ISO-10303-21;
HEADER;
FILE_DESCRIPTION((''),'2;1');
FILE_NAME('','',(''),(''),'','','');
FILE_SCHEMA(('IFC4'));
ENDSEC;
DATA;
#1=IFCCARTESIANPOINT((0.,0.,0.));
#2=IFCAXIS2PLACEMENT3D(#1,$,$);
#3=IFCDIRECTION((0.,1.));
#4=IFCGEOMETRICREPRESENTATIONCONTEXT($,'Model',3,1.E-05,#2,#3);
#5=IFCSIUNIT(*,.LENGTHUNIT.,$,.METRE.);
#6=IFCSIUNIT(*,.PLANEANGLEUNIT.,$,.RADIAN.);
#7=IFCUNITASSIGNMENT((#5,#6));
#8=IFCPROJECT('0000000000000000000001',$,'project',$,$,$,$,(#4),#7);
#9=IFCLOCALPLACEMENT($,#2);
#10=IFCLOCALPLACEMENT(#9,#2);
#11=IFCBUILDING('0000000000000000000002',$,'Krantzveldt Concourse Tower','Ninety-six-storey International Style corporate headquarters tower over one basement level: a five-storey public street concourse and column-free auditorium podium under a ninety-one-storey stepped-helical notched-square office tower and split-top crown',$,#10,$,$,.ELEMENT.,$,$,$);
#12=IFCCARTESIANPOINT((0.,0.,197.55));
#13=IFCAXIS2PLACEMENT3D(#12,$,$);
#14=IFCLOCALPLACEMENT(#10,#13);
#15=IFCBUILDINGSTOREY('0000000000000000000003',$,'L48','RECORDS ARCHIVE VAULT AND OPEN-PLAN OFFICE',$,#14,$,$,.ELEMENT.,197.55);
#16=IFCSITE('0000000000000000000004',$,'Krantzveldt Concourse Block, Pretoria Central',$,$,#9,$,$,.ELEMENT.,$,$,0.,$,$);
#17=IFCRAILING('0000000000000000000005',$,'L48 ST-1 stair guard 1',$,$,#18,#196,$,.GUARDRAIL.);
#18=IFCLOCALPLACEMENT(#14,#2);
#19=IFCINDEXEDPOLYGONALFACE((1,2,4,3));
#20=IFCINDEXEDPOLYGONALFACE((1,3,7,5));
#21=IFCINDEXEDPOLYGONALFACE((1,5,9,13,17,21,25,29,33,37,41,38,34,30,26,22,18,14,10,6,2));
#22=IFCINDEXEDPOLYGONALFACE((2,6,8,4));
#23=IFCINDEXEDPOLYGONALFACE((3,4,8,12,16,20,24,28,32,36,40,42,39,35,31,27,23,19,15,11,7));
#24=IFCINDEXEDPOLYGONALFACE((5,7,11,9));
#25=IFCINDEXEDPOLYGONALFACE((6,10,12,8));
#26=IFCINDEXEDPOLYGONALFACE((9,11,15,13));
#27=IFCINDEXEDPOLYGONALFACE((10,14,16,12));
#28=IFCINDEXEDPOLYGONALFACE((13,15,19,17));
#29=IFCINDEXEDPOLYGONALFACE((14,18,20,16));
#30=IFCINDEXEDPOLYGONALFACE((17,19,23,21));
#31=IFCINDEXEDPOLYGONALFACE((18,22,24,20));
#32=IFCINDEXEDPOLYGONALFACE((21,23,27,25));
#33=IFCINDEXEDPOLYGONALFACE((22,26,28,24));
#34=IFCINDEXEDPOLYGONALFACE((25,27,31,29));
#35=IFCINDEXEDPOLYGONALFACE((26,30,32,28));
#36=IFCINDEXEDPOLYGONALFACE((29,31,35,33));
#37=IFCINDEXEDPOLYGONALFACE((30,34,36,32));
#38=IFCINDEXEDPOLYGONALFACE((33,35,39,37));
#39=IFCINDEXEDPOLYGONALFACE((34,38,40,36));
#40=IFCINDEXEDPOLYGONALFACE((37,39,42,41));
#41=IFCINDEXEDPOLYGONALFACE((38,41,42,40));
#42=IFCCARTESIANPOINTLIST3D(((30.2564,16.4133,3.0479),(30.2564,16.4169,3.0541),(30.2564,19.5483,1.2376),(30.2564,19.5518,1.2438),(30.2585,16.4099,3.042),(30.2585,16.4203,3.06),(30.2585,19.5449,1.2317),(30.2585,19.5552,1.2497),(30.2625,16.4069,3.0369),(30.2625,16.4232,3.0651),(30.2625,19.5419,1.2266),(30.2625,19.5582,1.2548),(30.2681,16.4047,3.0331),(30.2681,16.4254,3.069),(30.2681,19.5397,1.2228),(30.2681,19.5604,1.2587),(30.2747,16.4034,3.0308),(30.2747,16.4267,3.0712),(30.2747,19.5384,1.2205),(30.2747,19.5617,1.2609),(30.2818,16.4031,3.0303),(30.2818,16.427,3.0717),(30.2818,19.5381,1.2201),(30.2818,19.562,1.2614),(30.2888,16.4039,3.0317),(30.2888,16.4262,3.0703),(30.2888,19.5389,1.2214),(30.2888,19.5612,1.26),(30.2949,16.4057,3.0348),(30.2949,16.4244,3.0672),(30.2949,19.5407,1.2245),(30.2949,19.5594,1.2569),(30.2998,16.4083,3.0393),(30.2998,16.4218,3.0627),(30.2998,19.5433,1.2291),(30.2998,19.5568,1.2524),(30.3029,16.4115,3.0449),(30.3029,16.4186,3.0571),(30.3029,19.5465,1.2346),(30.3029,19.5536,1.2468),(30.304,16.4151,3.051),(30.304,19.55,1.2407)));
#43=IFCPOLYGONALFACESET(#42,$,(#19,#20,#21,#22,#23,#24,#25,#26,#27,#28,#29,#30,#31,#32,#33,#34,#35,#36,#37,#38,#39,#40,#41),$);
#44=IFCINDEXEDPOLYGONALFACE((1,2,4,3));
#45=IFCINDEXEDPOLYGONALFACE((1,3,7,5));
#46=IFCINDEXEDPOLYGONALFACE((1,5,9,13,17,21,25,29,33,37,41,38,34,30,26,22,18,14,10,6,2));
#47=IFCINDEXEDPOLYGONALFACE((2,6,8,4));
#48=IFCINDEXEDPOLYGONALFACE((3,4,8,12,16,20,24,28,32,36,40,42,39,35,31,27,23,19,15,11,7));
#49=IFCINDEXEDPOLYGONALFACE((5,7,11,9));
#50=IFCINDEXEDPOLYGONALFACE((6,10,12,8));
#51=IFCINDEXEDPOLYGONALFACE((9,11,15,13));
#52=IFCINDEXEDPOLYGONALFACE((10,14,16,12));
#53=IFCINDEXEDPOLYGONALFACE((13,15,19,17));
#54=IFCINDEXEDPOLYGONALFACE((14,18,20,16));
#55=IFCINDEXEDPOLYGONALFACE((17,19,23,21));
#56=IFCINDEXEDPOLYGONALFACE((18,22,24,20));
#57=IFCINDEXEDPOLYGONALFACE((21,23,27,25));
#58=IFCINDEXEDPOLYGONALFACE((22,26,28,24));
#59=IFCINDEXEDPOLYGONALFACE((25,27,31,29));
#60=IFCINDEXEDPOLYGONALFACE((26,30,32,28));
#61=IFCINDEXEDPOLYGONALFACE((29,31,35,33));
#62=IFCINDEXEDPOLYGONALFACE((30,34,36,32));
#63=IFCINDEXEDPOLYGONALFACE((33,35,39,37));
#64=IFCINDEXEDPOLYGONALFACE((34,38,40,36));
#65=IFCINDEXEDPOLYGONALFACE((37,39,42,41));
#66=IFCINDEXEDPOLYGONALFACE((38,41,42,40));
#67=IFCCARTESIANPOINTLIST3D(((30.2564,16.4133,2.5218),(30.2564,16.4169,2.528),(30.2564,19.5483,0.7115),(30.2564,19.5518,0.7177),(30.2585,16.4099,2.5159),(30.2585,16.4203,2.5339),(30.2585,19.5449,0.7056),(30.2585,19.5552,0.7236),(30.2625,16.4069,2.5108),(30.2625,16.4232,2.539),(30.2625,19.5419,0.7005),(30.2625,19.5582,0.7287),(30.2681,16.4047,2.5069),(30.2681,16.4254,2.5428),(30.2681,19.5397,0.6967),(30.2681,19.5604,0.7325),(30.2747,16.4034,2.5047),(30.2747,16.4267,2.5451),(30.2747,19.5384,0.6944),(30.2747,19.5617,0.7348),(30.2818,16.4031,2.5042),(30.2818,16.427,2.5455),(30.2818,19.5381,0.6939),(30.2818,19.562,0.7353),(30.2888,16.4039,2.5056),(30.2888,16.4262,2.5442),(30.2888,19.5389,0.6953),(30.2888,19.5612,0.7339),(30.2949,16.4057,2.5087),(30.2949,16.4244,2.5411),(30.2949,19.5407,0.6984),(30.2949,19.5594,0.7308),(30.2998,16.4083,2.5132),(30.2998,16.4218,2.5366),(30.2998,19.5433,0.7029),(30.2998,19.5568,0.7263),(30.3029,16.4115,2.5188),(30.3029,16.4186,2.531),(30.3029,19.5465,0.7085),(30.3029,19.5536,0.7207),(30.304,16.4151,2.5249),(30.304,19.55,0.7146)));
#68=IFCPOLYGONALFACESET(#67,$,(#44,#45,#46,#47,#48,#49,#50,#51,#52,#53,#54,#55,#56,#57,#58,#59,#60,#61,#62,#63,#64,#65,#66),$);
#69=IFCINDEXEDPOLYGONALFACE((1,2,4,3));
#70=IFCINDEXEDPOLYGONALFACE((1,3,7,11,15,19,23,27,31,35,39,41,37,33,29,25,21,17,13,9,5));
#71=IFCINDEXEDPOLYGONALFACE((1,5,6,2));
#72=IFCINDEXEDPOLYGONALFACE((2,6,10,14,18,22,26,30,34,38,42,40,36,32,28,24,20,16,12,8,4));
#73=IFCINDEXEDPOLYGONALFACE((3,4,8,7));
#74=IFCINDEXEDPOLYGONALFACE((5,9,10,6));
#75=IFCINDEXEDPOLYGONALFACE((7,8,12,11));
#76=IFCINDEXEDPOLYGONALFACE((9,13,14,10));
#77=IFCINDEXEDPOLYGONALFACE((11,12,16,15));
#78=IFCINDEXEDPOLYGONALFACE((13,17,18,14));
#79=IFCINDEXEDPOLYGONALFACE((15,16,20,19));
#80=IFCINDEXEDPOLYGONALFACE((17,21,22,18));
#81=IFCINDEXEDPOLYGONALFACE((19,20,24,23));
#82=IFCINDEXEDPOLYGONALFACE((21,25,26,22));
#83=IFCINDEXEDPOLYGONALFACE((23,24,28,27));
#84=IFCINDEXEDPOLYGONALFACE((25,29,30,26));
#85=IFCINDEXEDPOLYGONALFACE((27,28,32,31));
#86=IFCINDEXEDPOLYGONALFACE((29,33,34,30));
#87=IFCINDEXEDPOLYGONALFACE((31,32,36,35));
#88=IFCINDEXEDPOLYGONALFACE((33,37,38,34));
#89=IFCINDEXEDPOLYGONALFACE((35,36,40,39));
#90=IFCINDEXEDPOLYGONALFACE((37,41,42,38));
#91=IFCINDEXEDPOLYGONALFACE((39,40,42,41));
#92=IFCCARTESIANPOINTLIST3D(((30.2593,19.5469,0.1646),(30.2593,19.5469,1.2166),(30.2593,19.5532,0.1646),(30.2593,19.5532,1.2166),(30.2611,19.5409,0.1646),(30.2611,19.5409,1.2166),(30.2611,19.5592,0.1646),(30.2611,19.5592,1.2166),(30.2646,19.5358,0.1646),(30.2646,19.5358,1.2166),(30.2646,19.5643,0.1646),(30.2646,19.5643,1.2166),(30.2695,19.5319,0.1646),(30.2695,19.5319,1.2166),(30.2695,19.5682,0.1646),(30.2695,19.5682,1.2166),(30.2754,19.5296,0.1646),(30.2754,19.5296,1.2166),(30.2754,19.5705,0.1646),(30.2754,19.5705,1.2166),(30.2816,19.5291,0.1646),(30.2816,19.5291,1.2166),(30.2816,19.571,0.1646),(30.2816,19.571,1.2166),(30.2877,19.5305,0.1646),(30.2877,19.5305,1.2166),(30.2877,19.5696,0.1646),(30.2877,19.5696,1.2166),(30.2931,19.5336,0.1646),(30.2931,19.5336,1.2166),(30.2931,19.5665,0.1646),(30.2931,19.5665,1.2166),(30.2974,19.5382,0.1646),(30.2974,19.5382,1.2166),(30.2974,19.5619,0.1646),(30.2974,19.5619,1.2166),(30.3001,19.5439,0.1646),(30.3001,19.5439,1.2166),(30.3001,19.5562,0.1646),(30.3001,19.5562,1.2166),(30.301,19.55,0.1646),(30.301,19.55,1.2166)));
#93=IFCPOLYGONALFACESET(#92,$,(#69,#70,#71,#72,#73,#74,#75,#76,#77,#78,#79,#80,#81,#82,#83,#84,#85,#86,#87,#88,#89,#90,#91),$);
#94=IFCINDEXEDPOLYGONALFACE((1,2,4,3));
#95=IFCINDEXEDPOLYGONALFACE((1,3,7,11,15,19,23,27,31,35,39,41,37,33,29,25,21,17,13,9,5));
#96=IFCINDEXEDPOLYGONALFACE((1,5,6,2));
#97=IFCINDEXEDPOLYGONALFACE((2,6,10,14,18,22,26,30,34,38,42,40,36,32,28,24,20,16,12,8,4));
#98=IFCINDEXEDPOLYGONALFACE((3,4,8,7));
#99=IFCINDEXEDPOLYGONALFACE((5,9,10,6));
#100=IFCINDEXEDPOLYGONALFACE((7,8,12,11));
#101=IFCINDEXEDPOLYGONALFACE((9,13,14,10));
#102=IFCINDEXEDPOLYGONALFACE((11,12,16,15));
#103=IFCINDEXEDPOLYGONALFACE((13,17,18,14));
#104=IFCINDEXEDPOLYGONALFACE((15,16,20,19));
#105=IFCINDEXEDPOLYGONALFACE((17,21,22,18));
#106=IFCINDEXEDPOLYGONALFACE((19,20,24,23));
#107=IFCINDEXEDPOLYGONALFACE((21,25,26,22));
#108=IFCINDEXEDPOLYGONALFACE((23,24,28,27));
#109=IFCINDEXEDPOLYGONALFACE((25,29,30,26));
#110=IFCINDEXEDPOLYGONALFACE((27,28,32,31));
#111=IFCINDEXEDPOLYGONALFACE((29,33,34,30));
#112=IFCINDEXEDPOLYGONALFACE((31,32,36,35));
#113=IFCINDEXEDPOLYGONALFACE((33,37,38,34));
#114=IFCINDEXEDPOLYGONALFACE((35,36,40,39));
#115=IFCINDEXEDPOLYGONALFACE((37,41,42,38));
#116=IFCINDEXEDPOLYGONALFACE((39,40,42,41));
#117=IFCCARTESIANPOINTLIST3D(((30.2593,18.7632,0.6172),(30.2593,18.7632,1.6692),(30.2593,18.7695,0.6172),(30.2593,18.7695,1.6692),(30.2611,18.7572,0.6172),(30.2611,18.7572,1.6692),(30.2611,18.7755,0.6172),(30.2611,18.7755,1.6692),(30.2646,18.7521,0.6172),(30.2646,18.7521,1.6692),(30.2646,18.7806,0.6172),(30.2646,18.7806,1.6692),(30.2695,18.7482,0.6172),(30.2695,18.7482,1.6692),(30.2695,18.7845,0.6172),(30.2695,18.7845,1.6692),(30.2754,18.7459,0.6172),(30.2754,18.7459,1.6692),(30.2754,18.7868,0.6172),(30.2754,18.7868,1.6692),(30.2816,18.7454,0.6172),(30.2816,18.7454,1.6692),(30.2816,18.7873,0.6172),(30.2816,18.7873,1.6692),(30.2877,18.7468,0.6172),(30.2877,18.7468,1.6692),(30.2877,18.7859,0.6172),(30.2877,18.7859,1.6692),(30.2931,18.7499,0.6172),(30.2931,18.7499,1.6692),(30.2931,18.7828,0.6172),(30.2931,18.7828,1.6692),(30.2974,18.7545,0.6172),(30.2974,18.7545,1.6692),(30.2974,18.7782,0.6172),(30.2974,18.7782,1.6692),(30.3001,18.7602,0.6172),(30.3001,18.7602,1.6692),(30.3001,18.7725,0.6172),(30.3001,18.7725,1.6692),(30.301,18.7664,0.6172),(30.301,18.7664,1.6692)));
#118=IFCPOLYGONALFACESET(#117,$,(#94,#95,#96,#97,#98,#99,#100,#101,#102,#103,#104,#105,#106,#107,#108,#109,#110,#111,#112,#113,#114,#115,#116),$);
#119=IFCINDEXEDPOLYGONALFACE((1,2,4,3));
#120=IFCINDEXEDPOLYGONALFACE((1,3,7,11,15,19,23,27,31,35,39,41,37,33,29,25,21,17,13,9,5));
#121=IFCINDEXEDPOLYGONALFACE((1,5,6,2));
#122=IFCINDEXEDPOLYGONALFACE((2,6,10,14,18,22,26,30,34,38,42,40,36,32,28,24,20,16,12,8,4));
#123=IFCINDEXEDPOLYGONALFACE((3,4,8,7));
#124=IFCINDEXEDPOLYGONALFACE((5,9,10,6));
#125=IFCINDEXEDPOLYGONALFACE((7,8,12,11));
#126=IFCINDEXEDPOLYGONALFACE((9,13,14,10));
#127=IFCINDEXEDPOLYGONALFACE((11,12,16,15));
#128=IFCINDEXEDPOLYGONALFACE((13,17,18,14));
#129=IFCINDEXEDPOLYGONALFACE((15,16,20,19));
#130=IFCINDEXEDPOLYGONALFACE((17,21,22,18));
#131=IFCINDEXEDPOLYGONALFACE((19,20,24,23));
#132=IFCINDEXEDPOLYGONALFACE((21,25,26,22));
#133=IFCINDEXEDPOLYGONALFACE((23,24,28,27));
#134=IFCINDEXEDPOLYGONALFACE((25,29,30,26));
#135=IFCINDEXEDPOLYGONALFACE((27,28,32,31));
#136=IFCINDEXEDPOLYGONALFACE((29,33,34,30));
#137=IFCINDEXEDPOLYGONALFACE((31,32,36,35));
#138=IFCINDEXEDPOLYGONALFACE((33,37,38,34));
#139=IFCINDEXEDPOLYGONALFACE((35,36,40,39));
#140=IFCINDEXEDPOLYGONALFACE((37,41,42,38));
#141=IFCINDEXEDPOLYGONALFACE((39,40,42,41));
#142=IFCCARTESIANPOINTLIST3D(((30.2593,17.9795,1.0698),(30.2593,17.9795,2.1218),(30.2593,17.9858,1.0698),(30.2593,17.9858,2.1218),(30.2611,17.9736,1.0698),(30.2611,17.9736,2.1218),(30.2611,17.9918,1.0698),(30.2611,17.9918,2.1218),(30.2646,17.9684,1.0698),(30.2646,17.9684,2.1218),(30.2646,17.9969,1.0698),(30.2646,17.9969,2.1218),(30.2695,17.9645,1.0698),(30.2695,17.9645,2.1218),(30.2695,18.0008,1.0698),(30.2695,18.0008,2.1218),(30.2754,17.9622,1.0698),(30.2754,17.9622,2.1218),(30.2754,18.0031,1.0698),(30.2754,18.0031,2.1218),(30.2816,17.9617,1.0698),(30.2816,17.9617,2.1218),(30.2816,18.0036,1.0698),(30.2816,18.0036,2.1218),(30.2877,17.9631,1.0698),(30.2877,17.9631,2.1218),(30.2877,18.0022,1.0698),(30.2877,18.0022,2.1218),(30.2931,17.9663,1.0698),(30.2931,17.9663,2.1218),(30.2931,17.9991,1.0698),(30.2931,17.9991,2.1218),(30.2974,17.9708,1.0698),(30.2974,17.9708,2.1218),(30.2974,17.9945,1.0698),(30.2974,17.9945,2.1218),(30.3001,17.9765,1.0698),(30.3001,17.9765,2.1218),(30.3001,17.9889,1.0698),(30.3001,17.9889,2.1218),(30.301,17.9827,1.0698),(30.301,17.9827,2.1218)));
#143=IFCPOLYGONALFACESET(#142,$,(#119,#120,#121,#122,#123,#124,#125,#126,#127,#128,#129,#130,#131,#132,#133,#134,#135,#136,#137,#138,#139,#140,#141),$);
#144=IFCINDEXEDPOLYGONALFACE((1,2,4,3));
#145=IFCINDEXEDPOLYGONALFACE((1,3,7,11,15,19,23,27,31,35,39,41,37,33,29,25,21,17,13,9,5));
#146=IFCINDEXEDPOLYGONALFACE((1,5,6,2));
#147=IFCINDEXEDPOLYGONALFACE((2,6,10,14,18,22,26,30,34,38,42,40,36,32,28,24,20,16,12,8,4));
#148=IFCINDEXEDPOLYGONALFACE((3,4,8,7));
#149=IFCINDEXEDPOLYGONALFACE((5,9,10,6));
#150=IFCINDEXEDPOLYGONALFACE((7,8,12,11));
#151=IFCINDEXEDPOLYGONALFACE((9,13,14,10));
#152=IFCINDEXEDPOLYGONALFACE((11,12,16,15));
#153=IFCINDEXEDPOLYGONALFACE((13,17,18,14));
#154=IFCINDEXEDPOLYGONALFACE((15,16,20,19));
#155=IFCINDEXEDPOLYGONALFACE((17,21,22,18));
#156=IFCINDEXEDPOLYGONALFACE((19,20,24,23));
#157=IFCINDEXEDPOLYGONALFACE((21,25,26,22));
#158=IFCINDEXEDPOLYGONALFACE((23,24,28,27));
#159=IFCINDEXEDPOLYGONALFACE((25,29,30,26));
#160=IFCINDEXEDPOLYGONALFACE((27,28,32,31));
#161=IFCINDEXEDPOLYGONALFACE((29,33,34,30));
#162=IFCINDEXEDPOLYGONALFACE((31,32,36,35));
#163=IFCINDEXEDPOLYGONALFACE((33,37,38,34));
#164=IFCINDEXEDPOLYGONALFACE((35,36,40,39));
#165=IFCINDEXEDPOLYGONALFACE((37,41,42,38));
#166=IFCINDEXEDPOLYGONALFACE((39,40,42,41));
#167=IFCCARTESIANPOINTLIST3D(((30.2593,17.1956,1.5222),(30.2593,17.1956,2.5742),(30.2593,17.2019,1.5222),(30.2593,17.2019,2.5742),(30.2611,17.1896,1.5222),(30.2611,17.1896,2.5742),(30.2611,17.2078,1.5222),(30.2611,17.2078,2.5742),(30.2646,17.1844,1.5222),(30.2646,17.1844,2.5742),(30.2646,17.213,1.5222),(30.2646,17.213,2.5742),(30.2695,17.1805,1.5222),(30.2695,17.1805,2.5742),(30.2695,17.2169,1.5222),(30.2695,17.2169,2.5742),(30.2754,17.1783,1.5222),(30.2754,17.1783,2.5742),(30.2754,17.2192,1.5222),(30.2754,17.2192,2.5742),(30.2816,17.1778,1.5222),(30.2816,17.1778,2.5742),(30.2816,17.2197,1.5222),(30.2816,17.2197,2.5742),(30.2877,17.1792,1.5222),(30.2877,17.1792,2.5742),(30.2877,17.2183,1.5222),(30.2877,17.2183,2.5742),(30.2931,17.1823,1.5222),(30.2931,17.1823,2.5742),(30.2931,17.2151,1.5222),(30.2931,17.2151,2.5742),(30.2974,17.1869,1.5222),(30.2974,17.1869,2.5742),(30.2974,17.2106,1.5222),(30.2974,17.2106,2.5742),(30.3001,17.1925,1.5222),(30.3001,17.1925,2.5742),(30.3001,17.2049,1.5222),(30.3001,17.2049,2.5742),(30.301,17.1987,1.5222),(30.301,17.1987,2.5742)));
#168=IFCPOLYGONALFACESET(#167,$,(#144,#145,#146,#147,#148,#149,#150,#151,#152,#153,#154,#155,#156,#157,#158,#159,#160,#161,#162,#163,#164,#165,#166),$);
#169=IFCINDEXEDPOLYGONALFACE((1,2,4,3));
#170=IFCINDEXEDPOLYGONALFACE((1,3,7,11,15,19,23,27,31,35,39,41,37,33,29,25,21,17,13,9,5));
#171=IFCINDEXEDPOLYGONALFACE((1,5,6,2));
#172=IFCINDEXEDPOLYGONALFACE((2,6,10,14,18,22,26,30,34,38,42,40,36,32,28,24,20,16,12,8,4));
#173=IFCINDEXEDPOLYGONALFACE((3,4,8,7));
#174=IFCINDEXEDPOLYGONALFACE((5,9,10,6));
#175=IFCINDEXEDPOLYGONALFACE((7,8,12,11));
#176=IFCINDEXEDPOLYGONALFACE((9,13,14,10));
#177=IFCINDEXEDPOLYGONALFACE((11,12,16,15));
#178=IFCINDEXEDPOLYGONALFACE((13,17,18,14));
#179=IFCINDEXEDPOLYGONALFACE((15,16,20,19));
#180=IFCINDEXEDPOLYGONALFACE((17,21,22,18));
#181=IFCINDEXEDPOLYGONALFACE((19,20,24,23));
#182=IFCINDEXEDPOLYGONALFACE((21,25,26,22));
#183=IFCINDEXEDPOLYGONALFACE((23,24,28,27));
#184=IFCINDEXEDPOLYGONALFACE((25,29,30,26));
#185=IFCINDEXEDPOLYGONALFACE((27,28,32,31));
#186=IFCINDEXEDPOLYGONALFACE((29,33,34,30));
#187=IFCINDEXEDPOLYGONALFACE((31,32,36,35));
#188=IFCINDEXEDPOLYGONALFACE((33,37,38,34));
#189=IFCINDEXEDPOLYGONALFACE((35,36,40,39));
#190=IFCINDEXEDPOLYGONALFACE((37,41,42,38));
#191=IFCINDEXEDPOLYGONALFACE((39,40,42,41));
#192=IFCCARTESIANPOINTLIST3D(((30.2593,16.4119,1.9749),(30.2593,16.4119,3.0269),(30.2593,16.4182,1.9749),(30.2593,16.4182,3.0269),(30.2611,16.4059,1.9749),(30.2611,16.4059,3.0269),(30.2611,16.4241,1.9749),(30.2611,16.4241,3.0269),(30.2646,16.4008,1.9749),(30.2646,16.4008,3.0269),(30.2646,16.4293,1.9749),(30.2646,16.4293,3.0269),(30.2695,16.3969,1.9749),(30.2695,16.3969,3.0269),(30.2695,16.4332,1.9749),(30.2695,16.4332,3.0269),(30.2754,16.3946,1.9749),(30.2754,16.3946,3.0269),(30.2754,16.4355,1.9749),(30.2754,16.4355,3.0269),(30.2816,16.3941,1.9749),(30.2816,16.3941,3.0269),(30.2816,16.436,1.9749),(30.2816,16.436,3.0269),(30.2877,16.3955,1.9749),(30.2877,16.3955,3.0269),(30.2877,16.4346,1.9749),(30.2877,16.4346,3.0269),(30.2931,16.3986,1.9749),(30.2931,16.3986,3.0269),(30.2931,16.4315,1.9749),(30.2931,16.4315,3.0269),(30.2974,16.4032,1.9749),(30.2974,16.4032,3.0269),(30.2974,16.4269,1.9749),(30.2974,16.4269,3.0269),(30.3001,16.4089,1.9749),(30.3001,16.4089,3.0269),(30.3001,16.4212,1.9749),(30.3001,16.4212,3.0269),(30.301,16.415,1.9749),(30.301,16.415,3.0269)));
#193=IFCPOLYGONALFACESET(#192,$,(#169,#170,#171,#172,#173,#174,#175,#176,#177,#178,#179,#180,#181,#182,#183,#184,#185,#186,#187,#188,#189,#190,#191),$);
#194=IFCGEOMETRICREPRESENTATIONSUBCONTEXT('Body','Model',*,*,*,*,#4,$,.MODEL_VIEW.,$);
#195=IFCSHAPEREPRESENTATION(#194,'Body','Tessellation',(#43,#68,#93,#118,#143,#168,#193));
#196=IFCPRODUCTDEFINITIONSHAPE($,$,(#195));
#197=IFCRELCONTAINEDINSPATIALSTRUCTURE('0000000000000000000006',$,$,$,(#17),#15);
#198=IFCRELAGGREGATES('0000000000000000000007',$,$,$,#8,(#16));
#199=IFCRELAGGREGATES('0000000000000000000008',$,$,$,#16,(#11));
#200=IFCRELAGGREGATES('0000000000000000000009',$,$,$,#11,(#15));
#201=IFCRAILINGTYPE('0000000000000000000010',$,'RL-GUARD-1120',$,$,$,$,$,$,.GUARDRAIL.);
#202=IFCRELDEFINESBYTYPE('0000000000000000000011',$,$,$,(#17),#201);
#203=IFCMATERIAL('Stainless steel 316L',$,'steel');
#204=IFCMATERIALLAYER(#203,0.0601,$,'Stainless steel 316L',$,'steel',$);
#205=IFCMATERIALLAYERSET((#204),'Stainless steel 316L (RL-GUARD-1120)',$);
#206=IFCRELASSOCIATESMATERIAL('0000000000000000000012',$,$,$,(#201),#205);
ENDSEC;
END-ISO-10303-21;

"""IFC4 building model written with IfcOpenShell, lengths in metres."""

from ifc_helpers import new_model, si_unit, direction, frame, origin, origin_2d, place, context, subcontext, project, spatial, circle, extrude, material, layer, layer_set, type_object, element, save


model = new_model("IFC4")

# Units and contexts
model_context = context("Model", 3, precision=1e-05, world=origin(), true_north=direction((0.0, 1.0)))
body_context = subcontext(model_context, "Body", "Model", "MODEL_VIEW")
ifc_project = project(units=[si_unit("LENGTHUNIT", "METRE"), si_unit("PLANEANGLEUNIT", "RADIAN")], contexts=[model_context])

# Site, building, storey
site_placement = place(None, origin())
site = spatial("IfcSite", under=ifc_project, at=site_placement, Name="Krantzveldt Concourse Block, Pretoria Central", CompositionType="ELEMENT", RefElevation=0.0)
building_placement = place(site_placement, origin())
building = spatial("IfcBuilding", under=site, at=building_placement, Name="Krantzveldt Concourse Tower", Description="Ninety-six-storey International Style corporate headquarters tower over one basement level: a five-storey public street concourse and column-free auditorium podium under a ninety-one-storey stepped-helical notched-square office tower and split-top crown", CompositionType="ELEMENT")
storey_placement = place(building_placement, frame((0.0, 0.0, 197.55)))
storey = spatial("IfcBuildingStorey", under=building, at=storey_placement, Name="L48", Description="RECORDS ARCHIVE VAULT AND OPEN-PLAN OFFICE", CompositionType="ELEMENT", Elevation=197.55)

# Shared definitions
ifc_material_1 = material(Name="Stainless steel 316L", Category="steel")

# Railing
ifc_layer_1 = layer(ifc_material_1, 0.0601, Name="Stainless steel 316L", Category="steel")
ifc_layer_set_1 = layer_set([ifc_layer_1], Name="Stainless steel 316L (RL-GUARD-1120)")
railing_type_1 = type_object("IfcRailingType", Name="RL-GUARD-1120", PredefinedType="GUARDRAIL", material=ifc_layer_set_1)
railing_1_placement = place(storey_placement, frame((30.28, 19.55, 0.1646)))
element("IfcRailing", 1, at=railing_1_placement, inside=storey, type_object=railing_type_1, Name="L48 ST-1 stair guard 1", PredefinedType="GUARDRAIL", context=body_context, shape_type="SweptSolid", body=[
    extrude(circle(Radius=0.0239, at=origin_2d()), frame((0.0, 0.0, 1.0762), z_axis=(0.0, -0.865989, 0.500063), x_axis=(1.0, 0.0, 0.0)), (0.0, 0.0, 1.0), 3.6201),
    extrude(circle(Radius=0.0239, at=origin_2d()), frame((0.0, 0.0, 0.55), z_axis=(0.0, -0.865989, 0.500063), x_axis=(1.0, 0.0, 0.0)), (0.0, 0.0, 1.0), 3.6201),
    extrude(circle(Radius=0.021, at=origin_2d()), origin(), (0.0, 0.0, 1.0), 1.052),
    extrude(circle(Radius=0.021, at=origin_2d()), frame((0.0, -0.7837, 0.4526)), (0.0, 0.0, 1.0), 1.052),
    extrude(circle(Radius=0.021, at=origin_2d()), frame((0.0, -1.5674, 0.9053)), (0.0, 0.0, 1.0), 1.052),
    extrude(circle(Radius=0.021, at=origin_2d()), frame((0.0, -2.3513, 1.3577)), (0.0, 0.0, 1.0), 1.052),
    extrude(circle(Radius=0.021, at=origin_2d()), frame((0.0, -3.135, 1.8103)), (0.0, 0.0, 1.0), 1.052),
])

save(model, "model.ifc")
